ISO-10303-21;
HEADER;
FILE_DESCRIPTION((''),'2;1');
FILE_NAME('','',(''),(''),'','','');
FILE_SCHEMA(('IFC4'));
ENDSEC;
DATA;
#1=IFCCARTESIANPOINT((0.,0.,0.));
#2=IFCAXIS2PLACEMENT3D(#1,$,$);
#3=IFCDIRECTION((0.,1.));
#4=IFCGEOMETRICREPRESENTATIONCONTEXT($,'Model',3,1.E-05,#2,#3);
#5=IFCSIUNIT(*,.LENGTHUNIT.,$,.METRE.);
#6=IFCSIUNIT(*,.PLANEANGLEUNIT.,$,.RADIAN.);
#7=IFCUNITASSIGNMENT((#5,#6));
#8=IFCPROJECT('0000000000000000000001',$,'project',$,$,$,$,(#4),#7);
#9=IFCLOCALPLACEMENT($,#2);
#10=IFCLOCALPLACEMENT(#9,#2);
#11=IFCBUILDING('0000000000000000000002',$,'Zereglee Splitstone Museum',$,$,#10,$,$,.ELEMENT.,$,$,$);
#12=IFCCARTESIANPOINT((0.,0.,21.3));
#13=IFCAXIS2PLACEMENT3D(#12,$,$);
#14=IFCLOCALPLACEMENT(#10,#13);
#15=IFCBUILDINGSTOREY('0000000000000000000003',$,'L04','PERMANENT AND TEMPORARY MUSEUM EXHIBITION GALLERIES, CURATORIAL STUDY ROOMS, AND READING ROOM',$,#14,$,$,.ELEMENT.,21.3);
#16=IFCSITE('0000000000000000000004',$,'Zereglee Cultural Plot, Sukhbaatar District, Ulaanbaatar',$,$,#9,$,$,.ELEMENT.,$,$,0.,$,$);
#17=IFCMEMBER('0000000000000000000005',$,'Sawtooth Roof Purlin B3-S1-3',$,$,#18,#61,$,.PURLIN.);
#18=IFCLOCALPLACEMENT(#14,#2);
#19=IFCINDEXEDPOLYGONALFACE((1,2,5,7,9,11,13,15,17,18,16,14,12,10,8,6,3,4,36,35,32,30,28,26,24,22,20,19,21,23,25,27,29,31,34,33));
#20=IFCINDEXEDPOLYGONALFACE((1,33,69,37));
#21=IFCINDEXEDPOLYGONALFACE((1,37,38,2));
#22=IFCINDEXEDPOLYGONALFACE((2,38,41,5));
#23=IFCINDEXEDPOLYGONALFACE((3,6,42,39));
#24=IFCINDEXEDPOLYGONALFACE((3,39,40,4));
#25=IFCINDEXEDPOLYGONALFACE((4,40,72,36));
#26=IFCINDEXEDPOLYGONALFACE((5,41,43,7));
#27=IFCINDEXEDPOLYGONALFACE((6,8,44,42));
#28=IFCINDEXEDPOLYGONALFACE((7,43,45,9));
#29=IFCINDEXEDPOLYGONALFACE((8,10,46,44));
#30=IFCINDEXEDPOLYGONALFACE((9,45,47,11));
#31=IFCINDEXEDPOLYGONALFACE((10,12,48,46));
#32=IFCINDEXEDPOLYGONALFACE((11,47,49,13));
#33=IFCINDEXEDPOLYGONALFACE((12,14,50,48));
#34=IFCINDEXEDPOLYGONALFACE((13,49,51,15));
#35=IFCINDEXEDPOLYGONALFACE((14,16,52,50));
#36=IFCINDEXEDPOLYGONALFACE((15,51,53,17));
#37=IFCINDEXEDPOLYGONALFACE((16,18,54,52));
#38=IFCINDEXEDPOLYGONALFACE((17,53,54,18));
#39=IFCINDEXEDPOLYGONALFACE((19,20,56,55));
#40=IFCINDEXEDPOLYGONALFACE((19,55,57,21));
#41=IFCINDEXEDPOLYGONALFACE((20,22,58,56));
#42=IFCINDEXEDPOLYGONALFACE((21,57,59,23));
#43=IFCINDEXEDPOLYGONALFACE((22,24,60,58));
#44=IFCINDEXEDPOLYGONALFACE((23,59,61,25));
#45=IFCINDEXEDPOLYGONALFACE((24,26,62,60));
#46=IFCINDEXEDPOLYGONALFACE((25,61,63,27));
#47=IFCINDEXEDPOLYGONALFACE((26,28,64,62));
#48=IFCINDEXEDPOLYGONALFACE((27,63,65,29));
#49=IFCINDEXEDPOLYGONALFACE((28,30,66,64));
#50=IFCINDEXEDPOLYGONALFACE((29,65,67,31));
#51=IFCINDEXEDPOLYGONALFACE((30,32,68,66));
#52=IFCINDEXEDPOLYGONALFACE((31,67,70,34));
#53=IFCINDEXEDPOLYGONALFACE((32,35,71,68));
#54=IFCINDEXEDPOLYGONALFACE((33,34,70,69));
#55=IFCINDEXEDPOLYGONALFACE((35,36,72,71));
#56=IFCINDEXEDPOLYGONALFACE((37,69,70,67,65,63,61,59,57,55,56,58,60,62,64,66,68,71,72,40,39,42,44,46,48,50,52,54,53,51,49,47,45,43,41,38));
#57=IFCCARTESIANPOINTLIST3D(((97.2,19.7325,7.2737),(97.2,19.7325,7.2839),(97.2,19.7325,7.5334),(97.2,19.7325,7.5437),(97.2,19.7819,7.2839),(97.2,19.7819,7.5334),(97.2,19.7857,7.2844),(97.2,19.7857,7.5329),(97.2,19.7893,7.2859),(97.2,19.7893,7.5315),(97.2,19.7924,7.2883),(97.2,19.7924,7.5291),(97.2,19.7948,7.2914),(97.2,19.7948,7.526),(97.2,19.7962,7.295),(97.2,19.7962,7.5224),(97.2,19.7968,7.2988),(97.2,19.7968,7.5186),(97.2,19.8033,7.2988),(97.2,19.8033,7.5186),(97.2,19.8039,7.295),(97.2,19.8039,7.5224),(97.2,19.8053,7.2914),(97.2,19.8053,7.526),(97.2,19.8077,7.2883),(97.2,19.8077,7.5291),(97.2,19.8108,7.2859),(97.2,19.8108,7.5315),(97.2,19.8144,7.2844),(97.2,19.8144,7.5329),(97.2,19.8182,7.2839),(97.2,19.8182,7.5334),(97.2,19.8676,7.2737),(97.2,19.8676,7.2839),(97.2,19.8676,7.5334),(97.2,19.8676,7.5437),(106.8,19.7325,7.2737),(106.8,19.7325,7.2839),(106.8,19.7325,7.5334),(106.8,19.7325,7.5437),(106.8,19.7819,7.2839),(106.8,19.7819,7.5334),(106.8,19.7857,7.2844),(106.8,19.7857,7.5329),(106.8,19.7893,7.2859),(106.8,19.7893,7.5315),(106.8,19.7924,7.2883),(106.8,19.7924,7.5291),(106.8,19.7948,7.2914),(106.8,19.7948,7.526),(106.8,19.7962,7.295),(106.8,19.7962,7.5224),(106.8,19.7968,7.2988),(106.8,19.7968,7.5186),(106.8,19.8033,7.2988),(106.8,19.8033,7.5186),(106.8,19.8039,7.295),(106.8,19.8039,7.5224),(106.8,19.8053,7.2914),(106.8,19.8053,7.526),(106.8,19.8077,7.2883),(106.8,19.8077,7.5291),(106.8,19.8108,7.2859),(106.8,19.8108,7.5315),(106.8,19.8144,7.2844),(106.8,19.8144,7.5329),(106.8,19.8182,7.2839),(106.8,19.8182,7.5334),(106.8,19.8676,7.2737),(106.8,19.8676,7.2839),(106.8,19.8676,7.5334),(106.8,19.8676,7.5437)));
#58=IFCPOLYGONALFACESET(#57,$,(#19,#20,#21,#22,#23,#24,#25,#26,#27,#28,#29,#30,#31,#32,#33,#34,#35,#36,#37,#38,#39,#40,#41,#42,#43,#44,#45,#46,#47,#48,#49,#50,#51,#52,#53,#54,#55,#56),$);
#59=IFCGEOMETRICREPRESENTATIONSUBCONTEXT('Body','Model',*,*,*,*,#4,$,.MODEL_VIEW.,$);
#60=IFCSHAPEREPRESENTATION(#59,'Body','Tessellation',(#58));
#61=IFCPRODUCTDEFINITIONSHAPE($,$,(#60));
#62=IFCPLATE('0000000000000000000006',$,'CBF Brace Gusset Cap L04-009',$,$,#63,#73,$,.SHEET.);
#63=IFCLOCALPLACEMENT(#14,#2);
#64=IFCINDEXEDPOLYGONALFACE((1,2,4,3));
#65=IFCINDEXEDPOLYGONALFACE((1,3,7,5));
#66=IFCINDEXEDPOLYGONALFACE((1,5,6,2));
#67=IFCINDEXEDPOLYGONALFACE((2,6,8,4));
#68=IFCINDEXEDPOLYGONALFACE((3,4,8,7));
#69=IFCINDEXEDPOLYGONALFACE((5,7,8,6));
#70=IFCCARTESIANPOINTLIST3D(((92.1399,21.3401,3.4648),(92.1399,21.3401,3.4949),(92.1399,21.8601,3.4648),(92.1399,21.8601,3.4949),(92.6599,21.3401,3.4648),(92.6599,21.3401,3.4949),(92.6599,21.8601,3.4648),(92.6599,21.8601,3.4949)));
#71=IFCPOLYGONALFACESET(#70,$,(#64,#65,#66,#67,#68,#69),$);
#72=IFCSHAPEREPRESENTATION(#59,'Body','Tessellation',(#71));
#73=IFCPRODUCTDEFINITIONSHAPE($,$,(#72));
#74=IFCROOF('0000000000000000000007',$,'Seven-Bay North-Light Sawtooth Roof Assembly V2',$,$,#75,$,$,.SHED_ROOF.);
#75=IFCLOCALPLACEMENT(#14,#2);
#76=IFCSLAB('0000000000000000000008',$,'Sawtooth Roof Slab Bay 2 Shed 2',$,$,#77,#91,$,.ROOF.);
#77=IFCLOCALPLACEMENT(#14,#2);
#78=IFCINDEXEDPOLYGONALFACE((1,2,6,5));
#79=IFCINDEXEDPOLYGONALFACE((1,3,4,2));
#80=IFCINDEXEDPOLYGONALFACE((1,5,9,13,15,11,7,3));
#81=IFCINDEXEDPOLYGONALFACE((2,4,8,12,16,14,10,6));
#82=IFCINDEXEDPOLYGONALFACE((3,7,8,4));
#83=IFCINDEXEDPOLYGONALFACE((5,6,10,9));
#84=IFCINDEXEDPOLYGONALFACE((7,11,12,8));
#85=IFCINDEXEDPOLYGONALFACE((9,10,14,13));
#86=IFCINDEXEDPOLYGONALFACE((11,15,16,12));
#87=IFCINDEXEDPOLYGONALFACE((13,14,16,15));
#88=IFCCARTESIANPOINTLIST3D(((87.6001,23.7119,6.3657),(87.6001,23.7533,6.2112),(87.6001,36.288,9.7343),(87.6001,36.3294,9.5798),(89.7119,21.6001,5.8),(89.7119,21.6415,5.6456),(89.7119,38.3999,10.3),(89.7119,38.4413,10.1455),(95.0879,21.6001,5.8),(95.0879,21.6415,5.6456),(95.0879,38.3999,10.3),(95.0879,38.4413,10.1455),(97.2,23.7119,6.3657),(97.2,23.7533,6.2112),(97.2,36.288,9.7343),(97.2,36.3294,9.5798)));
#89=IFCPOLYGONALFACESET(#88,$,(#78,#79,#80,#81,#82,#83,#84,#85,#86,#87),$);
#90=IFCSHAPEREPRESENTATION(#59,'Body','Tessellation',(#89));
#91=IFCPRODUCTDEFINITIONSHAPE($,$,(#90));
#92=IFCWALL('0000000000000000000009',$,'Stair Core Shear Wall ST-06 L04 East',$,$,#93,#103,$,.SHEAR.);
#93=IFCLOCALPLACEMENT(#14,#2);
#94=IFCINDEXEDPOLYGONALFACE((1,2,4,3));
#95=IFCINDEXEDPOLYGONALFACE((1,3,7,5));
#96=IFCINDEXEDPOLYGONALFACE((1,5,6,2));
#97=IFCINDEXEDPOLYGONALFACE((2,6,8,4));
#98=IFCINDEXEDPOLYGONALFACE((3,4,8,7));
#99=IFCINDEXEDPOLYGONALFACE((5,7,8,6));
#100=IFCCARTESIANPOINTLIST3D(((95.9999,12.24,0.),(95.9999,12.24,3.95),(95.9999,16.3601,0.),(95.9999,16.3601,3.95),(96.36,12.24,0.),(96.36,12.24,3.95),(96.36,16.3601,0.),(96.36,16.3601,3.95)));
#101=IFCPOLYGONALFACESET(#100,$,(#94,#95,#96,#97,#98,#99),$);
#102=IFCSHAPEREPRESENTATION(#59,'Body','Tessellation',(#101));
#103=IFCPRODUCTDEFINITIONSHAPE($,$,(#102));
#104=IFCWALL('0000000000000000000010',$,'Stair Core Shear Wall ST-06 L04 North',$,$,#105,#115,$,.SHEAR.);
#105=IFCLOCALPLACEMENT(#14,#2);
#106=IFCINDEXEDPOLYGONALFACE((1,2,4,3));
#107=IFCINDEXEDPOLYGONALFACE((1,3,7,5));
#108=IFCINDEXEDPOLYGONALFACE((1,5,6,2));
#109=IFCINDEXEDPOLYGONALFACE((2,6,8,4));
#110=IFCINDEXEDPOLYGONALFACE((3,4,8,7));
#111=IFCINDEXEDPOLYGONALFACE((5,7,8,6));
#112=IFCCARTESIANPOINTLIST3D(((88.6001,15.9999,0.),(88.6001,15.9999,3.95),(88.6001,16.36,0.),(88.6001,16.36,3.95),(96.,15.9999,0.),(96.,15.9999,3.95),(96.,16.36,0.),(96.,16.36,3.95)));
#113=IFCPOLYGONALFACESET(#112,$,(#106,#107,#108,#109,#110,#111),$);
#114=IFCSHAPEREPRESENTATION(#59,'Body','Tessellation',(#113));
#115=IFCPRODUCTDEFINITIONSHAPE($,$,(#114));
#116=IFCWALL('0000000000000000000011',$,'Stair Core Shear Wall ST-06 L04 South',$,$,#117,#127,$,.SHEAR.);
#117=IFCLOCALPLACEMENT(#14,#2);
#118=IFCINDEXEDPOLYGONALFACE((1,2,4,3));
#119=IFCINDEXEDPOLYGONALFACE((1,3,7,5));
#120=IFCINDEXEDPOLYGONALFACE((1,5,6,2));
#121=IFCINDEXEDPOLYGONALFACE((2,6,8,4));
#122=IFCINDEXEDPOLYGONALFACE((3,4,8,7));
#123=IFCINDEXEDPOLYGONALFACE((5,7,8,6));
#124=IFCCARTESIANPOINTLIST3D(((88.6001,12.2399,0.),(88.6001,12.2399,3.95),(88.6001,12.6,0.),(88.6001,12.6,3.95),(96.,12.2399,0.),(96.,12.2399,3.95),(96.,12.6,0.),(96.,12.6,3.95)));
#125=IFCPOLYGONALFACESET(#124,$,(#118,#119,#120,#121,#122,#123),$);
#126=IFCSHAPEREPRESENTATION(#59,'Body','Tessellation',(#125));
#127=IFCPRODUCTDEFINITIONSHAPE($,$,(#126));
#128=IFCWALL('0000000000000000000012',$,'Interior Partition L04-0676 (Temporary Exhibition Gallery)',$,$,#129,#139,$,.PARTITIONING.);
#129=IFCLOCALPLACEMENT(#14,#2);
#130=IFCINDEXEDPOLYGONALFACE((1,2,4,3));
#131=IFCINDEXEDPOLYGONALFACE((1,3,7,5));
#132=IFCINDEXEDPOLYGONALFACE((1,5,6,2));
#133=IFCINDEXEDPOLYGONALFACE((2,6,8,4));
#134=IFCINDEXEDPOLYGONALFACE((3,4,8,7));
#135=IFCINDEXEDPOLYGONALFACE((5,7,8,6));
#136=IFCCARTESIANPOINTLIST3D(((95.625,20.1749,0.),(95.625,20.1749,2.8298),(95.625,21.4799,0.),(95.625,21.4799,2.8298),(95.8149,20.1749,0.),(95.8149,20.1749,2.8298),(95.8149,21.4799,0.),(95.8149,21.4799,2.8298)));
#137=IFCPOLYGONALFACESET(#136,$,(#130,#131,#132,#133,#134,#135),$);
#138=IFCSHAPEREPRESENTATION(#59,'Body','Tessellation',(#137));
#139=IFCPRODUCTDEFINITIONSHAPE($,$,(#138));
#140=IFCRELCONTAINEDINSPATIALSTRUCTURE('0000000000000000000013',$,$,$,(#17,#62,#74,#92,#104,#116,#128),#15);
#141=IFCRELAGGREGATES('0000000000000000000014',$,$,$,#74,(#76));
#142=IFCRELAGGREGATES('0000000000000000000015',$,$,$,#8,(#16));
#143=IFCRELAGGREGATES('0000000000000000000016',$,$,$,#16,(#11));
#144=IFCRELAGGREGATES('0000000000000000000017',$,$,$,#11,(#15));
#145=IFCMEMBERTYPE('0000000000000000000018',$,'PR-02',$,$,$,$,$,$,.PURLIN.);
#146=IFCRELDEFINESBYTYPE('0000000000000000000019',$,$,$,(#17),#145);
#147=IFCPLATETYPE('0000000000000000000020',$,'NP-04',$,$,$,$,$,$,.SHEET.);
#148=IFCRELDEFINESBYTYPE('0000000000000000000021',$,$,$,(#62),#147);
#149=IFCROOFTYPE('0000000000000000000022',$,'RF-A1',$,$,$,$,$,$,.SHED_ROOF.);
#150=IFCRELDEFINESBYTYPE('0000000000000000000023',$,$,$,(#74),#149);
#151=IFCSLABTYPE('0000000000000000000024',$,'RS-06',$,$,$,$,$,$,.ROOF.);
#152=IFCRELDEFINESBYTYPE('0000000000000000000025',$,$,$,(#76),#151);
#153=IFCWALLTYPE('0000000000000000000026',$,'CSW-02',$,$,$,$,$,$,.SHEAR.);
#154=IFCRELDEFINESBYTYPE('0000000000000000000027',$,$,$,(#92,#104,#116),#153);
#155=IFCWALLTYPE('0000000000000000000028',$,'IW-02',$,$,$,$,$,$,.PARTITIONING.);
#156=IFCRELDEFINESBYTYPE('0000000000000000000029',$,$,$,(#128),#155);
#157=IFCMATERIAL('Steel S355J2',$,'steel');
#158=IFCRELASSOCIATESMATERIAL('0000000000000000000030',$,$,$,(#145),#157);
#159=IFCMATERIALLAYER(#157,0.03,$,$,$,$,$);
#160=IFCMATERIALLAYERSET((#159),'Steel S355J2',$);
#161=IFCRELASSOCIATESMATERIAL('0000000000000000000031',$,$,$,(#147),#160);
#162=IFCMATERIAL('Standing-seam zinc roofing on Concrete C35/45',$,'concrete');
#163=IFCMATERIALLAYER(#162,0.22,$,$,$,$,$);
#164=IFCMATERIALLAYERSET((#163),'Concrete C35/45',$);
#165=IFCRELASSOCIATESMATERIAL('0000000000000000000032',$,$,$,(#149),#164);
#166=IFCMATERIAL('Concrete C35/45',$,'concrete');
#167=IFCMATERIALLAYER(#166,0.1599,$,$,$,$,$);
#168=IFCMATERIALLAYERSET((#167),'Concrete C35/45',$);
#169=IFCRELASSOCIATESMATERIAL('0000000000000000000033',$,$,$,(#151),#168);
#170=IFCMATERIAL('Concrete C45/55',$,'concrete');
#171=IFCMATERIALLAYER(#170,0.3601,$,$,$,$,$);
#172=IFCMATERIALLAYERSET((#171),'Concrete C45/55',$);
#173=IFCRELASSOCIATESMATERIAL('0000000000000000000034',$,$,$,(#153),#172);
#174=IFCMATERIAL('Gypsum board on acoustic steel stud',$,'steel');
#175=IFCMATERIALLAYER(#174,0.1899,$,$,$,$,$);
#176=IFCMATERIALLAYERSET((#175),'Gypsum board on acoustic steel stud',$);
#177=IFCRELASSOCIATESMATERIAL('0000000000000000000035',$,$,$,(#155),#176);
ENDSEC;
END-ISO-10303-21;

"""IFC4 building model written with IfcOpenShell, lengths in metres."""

from ifc_helpers import new_model, si_unit, direction, frame, frame_2d, origin, origin_2d, place, context, subcontext, project, spatial, polyline, rectangle, i_section, outline, extrude, material, layer, layer_set, material_profile, profile_set, type_object, element, aggregate, save


model = new_model("IFC4")

# Units and contexts
model_context = context("Model", 3, precision=1e-05, world=origin(), true_north=direction((0.0, 1.0)))
body_context = subcontext(model_context, "Body", "Model", "MODEL_VIEW")
ifc_project = project(units=[si_unit("LENGTHUNIT", "METRE"), si_unit("PLANEANGLEUNIT", "RADIAN")], contexts=[model_context])

# Site, building, storey
site_placement = place(None, origin())
site = spatial("IfcSite", under=ifc_project, at=site_placement, Name="Zereglee Cultural Plot, Sukhbaatar District, Ulaanbaatar", CompositionType="ELEMENT", RefElevation=0.0)
building_placement = place(site_placement, origin())
building = spatial("IfcBuilding", under=site, at=building_placement, Name="Zereglee Splitstone Museum", CompositionType="ELEMENT")
storey_placement = place(building_placement, frame((0.0, 0.0, 21.3)))
storey = spatial("IfcBuildingStorey", under=building, at=storey_placement, Name="L04", Description="PERMANENT AND TEMPORARY MUSEUM EXHIBITION GALLERIES, CURATORIAL STUDY ROOMS, AND READING ROOM", CompositionType="ELEMENT", Elevation=21.3)

# Shared definitions
ifc_material_1 = material(Name="Steel S355J2", Category="steel")

# Member
ifc_material_profile_1 = material_profile(ifc_material_1, i_section(OverallWidth=0.135, OverallDepth=0.27, WebThickness=0.0066, FlangeThickness=0.0103, FilletRadius=0.0149, at=origin_2d()), Name="IPE 270")
ifc_profile_set_1 = profile_set([ifc_material_profile_1], Name="Steel S355J2")
member_type_1 = type_object("IfcMemberType", Name="PR-02", PredefinedType="PURLIN", material=ifc_profile_set_1)
for number, where, z_axis, x_axis, name in (
    (1, (97.2, 19.8, 7.4087), (1.0, 0.0, 0.0), (0.0, 1.0, 0.0), "Sawtooth Roof Purlin B3-S1-3"),
):
    element("IfcMember", number, at=place(storey_placement, frame(where, z_axis=z_axis, x_axis=x_axis)), inside=storey, type_object=member_type_1, Name=name, PredefinedType="PURLIN", context=body_context, shape_type="SweptSolid", body=[
        extrude(i_section(OverallWidth=0.135, OverallDepth=0.27, WebThickness=0.0066, FlangeThickness=0.0103, FilletRadius=0.0149, at=origin_2d()), origin(), (0.0, 0.0, 1.0), 9.6001),
    ])

# Plate
ifc_layer_1 = layer(ifc_material_1, 0.03)
ifc_layer_set_1 = layer_set([ifc_layer_1], Name="Steel S355J2")
plate_type = type_object("IfcPlateType", Name="NP-04", PredefinedType="SHEET", material=ifc_layer_set_1)
plate_placement = place(storey_placement, frame((92.3999, 21.6001, 3.4648), z_axis=(0.0, 0.0, 1.0), x_axis=(1.0, 0.0, 0.0)))
element("IfcPlate", 2, at=plate_placement, inside=storey, type_object=plate_type, Name="CBF Brace Gusset Cap L04-009", PredefinedType="SHEET", context=body_context, shape_type="SweptSolid", body=[
    extrude(rectangle(XDim=0.52, YDim=0.52, at=origin_2d()), origin(), (0.0, 0.0, 1.0), 0.03),
])

# Roof, slab
ifc_material_2 = material(Name="Standing-seam zinc roofing on Concrete C35/45", Category="concrete")
ifc_layer_2 = layer(ifc_material_2, 0.22)
ifc_layer_set_2 = layer_set([ifc_layer_2], Name="Concrete C35/45")
roof_type = type_object("IfcRoofType", Name="RF-A1", PredefinedType="SHED_ROOF", material=ifc_layer_set_2)
roof_placement = place(storey_placement, origin())
roof = element("IfcRoof", 3, at=roof_placement, inside=storey, type_object=roof_type, Name="Seven-Bay North-Light Sawtooth Roof Assembly V2", PredefinedType="SHED_ROOF")
ifc_material_3 = material(Name="Concrete C35/45", Category="concrete")
ifc_layer_3 = layer(ifc_material_3, 0.1599)
ifc_layer_set_3 = layer_set([ifc_layer_3], Name="Concrete C35/45")
slab_type = type_object("IfcSlabType", Name="RS-06", PredefinedType="ROOF", material=ifc_layer_set_3)
slab_placement = place(storey_placement, frame((89.7119, 21.6001, 5.8), z_axis=(0.0, -0.258736, 0.965948), x_axis=(1.0, 0.0, 0.0)))
slab = element("IfcSlab", 4, at=slab_placement, type_object=slab_type, Name="Sawtooth Roof Slab Bay 2 Shed 2", PredefinedType="ROOF", context=body_context, shape_type="SweptSolid", body=[
    extrude(outline(polyline([(0.0, 0.0), (5.376, 0.0), (7.488, 2.1863), (7.488, 15.2057), (5.376, 17.3921), (0.0, 17.3921), (-2.1118, 15.2057), (-2.1118, 2.1863), (0.0, 0.0)])), origin(), (0.0, 0.0, -1.0), 0.1599),
])
aggregate(roof, [slab])

# Shared definitions
ifc_material_4 = material(Name="Concrete C45/55", Category="concrete")
ifc_layer_4 = layer(ifc_material_4, 0.3601)
ifc_layer_set_4 = layer_set([ifc_layer_4], Name="Concrete C45/55")
wall_type_1 = type_object("IfcWallType", Name="CSW-02", PredefinedType="SHEAR", material=ifc_layer_set_4)

# Walls
wall_1_placement = place(storey_placement, frame((96.1799, 12.24, 0.0), z_axis=(0.0, 0.0, 1.0), x_axis=(0.0, 1.0, 0.0)))
element("IfcWall", 5, at=wall_1_placement, inside=storey, type_object=wall_type_1, Name="Stair Core Shear Wall ST-06 L04 East", PredefinedType="SHEAR", context=body_context, shape_type="SweptSolid", body=[
    extrude(rectangle(XDim=4.1201, YDim=0.3601, at=frame_2d((2.0601, 0.0))), origin(), (0.0, 0.0, 1.0), 3.95),
])
for number, where, z_axis, x_axis, name in (
    (6, (88.6001, 16.1799, 0.0), (0.0, 0.0, 1.0), (1.0, 0.0, 0.0), "Stair Core Shear Wall ST-06 L04 North"),
    (7, (88.6001, 12.4199, 0.0), (0.0, 0.0, 1.0), (1.0, 0.0, 0.0), "Stair Core Shear Wall ST-06 L04 South"),
):
    element("IfcWall", number, at=place(storey_placement, frame(where, z_axis=z_axis, x_axis=x_axis)), inside=storey, type_object=wall_type_1, Name=name, PredefinedType="SHEAR", context=body_context, shape_type="SweptSolid", body=[
        extrude(rectangle(XDim=7.3999, YDim=0.3601, at=frame_2d((3.7, 0.0))), origin(), (0.0, 0.0, 1.0), 3.95),
    ])
ifc_material_5 = material(Name="Gypsum board on acoustic steel stud", Category="steel")
ifc_layer_5 = layer(ifc_material_5, 0.1899)
ifc_layer_set_5 = layer_set([ifc_layer_5], Name="Gypsum board on acoustic steel stud")
wall_type_2 = type_object("IfcWallType", Name="IW-02", PredefinedType="PARTITIONING", material=ifc_layer_set_5)
wall_2_placement = place(storey_placement, frame((95.72, 20.175, 0.0), z_axis=(0.0, 0.0, 1.0), x_axis=(0.0, 1.0, 0.0)))
element("IfcWall", 8, at=wall_2_placement, inside=storey, type_object=wall_type_2, Name="Interior Partition L04-0676 (Temporary Exhibition Gallery)", PredefinedType="PARTITIONING", context=body_context, shape_type="SweptSolid", body=[
    extrude(rectangle(XDim=1.3049, YDim=0.1899, at=frame_2d((0.6523, 0.0))), origin(), (0.0, 0.0, 1.0), 2.8298),
])

save(model, "model.ifc")
